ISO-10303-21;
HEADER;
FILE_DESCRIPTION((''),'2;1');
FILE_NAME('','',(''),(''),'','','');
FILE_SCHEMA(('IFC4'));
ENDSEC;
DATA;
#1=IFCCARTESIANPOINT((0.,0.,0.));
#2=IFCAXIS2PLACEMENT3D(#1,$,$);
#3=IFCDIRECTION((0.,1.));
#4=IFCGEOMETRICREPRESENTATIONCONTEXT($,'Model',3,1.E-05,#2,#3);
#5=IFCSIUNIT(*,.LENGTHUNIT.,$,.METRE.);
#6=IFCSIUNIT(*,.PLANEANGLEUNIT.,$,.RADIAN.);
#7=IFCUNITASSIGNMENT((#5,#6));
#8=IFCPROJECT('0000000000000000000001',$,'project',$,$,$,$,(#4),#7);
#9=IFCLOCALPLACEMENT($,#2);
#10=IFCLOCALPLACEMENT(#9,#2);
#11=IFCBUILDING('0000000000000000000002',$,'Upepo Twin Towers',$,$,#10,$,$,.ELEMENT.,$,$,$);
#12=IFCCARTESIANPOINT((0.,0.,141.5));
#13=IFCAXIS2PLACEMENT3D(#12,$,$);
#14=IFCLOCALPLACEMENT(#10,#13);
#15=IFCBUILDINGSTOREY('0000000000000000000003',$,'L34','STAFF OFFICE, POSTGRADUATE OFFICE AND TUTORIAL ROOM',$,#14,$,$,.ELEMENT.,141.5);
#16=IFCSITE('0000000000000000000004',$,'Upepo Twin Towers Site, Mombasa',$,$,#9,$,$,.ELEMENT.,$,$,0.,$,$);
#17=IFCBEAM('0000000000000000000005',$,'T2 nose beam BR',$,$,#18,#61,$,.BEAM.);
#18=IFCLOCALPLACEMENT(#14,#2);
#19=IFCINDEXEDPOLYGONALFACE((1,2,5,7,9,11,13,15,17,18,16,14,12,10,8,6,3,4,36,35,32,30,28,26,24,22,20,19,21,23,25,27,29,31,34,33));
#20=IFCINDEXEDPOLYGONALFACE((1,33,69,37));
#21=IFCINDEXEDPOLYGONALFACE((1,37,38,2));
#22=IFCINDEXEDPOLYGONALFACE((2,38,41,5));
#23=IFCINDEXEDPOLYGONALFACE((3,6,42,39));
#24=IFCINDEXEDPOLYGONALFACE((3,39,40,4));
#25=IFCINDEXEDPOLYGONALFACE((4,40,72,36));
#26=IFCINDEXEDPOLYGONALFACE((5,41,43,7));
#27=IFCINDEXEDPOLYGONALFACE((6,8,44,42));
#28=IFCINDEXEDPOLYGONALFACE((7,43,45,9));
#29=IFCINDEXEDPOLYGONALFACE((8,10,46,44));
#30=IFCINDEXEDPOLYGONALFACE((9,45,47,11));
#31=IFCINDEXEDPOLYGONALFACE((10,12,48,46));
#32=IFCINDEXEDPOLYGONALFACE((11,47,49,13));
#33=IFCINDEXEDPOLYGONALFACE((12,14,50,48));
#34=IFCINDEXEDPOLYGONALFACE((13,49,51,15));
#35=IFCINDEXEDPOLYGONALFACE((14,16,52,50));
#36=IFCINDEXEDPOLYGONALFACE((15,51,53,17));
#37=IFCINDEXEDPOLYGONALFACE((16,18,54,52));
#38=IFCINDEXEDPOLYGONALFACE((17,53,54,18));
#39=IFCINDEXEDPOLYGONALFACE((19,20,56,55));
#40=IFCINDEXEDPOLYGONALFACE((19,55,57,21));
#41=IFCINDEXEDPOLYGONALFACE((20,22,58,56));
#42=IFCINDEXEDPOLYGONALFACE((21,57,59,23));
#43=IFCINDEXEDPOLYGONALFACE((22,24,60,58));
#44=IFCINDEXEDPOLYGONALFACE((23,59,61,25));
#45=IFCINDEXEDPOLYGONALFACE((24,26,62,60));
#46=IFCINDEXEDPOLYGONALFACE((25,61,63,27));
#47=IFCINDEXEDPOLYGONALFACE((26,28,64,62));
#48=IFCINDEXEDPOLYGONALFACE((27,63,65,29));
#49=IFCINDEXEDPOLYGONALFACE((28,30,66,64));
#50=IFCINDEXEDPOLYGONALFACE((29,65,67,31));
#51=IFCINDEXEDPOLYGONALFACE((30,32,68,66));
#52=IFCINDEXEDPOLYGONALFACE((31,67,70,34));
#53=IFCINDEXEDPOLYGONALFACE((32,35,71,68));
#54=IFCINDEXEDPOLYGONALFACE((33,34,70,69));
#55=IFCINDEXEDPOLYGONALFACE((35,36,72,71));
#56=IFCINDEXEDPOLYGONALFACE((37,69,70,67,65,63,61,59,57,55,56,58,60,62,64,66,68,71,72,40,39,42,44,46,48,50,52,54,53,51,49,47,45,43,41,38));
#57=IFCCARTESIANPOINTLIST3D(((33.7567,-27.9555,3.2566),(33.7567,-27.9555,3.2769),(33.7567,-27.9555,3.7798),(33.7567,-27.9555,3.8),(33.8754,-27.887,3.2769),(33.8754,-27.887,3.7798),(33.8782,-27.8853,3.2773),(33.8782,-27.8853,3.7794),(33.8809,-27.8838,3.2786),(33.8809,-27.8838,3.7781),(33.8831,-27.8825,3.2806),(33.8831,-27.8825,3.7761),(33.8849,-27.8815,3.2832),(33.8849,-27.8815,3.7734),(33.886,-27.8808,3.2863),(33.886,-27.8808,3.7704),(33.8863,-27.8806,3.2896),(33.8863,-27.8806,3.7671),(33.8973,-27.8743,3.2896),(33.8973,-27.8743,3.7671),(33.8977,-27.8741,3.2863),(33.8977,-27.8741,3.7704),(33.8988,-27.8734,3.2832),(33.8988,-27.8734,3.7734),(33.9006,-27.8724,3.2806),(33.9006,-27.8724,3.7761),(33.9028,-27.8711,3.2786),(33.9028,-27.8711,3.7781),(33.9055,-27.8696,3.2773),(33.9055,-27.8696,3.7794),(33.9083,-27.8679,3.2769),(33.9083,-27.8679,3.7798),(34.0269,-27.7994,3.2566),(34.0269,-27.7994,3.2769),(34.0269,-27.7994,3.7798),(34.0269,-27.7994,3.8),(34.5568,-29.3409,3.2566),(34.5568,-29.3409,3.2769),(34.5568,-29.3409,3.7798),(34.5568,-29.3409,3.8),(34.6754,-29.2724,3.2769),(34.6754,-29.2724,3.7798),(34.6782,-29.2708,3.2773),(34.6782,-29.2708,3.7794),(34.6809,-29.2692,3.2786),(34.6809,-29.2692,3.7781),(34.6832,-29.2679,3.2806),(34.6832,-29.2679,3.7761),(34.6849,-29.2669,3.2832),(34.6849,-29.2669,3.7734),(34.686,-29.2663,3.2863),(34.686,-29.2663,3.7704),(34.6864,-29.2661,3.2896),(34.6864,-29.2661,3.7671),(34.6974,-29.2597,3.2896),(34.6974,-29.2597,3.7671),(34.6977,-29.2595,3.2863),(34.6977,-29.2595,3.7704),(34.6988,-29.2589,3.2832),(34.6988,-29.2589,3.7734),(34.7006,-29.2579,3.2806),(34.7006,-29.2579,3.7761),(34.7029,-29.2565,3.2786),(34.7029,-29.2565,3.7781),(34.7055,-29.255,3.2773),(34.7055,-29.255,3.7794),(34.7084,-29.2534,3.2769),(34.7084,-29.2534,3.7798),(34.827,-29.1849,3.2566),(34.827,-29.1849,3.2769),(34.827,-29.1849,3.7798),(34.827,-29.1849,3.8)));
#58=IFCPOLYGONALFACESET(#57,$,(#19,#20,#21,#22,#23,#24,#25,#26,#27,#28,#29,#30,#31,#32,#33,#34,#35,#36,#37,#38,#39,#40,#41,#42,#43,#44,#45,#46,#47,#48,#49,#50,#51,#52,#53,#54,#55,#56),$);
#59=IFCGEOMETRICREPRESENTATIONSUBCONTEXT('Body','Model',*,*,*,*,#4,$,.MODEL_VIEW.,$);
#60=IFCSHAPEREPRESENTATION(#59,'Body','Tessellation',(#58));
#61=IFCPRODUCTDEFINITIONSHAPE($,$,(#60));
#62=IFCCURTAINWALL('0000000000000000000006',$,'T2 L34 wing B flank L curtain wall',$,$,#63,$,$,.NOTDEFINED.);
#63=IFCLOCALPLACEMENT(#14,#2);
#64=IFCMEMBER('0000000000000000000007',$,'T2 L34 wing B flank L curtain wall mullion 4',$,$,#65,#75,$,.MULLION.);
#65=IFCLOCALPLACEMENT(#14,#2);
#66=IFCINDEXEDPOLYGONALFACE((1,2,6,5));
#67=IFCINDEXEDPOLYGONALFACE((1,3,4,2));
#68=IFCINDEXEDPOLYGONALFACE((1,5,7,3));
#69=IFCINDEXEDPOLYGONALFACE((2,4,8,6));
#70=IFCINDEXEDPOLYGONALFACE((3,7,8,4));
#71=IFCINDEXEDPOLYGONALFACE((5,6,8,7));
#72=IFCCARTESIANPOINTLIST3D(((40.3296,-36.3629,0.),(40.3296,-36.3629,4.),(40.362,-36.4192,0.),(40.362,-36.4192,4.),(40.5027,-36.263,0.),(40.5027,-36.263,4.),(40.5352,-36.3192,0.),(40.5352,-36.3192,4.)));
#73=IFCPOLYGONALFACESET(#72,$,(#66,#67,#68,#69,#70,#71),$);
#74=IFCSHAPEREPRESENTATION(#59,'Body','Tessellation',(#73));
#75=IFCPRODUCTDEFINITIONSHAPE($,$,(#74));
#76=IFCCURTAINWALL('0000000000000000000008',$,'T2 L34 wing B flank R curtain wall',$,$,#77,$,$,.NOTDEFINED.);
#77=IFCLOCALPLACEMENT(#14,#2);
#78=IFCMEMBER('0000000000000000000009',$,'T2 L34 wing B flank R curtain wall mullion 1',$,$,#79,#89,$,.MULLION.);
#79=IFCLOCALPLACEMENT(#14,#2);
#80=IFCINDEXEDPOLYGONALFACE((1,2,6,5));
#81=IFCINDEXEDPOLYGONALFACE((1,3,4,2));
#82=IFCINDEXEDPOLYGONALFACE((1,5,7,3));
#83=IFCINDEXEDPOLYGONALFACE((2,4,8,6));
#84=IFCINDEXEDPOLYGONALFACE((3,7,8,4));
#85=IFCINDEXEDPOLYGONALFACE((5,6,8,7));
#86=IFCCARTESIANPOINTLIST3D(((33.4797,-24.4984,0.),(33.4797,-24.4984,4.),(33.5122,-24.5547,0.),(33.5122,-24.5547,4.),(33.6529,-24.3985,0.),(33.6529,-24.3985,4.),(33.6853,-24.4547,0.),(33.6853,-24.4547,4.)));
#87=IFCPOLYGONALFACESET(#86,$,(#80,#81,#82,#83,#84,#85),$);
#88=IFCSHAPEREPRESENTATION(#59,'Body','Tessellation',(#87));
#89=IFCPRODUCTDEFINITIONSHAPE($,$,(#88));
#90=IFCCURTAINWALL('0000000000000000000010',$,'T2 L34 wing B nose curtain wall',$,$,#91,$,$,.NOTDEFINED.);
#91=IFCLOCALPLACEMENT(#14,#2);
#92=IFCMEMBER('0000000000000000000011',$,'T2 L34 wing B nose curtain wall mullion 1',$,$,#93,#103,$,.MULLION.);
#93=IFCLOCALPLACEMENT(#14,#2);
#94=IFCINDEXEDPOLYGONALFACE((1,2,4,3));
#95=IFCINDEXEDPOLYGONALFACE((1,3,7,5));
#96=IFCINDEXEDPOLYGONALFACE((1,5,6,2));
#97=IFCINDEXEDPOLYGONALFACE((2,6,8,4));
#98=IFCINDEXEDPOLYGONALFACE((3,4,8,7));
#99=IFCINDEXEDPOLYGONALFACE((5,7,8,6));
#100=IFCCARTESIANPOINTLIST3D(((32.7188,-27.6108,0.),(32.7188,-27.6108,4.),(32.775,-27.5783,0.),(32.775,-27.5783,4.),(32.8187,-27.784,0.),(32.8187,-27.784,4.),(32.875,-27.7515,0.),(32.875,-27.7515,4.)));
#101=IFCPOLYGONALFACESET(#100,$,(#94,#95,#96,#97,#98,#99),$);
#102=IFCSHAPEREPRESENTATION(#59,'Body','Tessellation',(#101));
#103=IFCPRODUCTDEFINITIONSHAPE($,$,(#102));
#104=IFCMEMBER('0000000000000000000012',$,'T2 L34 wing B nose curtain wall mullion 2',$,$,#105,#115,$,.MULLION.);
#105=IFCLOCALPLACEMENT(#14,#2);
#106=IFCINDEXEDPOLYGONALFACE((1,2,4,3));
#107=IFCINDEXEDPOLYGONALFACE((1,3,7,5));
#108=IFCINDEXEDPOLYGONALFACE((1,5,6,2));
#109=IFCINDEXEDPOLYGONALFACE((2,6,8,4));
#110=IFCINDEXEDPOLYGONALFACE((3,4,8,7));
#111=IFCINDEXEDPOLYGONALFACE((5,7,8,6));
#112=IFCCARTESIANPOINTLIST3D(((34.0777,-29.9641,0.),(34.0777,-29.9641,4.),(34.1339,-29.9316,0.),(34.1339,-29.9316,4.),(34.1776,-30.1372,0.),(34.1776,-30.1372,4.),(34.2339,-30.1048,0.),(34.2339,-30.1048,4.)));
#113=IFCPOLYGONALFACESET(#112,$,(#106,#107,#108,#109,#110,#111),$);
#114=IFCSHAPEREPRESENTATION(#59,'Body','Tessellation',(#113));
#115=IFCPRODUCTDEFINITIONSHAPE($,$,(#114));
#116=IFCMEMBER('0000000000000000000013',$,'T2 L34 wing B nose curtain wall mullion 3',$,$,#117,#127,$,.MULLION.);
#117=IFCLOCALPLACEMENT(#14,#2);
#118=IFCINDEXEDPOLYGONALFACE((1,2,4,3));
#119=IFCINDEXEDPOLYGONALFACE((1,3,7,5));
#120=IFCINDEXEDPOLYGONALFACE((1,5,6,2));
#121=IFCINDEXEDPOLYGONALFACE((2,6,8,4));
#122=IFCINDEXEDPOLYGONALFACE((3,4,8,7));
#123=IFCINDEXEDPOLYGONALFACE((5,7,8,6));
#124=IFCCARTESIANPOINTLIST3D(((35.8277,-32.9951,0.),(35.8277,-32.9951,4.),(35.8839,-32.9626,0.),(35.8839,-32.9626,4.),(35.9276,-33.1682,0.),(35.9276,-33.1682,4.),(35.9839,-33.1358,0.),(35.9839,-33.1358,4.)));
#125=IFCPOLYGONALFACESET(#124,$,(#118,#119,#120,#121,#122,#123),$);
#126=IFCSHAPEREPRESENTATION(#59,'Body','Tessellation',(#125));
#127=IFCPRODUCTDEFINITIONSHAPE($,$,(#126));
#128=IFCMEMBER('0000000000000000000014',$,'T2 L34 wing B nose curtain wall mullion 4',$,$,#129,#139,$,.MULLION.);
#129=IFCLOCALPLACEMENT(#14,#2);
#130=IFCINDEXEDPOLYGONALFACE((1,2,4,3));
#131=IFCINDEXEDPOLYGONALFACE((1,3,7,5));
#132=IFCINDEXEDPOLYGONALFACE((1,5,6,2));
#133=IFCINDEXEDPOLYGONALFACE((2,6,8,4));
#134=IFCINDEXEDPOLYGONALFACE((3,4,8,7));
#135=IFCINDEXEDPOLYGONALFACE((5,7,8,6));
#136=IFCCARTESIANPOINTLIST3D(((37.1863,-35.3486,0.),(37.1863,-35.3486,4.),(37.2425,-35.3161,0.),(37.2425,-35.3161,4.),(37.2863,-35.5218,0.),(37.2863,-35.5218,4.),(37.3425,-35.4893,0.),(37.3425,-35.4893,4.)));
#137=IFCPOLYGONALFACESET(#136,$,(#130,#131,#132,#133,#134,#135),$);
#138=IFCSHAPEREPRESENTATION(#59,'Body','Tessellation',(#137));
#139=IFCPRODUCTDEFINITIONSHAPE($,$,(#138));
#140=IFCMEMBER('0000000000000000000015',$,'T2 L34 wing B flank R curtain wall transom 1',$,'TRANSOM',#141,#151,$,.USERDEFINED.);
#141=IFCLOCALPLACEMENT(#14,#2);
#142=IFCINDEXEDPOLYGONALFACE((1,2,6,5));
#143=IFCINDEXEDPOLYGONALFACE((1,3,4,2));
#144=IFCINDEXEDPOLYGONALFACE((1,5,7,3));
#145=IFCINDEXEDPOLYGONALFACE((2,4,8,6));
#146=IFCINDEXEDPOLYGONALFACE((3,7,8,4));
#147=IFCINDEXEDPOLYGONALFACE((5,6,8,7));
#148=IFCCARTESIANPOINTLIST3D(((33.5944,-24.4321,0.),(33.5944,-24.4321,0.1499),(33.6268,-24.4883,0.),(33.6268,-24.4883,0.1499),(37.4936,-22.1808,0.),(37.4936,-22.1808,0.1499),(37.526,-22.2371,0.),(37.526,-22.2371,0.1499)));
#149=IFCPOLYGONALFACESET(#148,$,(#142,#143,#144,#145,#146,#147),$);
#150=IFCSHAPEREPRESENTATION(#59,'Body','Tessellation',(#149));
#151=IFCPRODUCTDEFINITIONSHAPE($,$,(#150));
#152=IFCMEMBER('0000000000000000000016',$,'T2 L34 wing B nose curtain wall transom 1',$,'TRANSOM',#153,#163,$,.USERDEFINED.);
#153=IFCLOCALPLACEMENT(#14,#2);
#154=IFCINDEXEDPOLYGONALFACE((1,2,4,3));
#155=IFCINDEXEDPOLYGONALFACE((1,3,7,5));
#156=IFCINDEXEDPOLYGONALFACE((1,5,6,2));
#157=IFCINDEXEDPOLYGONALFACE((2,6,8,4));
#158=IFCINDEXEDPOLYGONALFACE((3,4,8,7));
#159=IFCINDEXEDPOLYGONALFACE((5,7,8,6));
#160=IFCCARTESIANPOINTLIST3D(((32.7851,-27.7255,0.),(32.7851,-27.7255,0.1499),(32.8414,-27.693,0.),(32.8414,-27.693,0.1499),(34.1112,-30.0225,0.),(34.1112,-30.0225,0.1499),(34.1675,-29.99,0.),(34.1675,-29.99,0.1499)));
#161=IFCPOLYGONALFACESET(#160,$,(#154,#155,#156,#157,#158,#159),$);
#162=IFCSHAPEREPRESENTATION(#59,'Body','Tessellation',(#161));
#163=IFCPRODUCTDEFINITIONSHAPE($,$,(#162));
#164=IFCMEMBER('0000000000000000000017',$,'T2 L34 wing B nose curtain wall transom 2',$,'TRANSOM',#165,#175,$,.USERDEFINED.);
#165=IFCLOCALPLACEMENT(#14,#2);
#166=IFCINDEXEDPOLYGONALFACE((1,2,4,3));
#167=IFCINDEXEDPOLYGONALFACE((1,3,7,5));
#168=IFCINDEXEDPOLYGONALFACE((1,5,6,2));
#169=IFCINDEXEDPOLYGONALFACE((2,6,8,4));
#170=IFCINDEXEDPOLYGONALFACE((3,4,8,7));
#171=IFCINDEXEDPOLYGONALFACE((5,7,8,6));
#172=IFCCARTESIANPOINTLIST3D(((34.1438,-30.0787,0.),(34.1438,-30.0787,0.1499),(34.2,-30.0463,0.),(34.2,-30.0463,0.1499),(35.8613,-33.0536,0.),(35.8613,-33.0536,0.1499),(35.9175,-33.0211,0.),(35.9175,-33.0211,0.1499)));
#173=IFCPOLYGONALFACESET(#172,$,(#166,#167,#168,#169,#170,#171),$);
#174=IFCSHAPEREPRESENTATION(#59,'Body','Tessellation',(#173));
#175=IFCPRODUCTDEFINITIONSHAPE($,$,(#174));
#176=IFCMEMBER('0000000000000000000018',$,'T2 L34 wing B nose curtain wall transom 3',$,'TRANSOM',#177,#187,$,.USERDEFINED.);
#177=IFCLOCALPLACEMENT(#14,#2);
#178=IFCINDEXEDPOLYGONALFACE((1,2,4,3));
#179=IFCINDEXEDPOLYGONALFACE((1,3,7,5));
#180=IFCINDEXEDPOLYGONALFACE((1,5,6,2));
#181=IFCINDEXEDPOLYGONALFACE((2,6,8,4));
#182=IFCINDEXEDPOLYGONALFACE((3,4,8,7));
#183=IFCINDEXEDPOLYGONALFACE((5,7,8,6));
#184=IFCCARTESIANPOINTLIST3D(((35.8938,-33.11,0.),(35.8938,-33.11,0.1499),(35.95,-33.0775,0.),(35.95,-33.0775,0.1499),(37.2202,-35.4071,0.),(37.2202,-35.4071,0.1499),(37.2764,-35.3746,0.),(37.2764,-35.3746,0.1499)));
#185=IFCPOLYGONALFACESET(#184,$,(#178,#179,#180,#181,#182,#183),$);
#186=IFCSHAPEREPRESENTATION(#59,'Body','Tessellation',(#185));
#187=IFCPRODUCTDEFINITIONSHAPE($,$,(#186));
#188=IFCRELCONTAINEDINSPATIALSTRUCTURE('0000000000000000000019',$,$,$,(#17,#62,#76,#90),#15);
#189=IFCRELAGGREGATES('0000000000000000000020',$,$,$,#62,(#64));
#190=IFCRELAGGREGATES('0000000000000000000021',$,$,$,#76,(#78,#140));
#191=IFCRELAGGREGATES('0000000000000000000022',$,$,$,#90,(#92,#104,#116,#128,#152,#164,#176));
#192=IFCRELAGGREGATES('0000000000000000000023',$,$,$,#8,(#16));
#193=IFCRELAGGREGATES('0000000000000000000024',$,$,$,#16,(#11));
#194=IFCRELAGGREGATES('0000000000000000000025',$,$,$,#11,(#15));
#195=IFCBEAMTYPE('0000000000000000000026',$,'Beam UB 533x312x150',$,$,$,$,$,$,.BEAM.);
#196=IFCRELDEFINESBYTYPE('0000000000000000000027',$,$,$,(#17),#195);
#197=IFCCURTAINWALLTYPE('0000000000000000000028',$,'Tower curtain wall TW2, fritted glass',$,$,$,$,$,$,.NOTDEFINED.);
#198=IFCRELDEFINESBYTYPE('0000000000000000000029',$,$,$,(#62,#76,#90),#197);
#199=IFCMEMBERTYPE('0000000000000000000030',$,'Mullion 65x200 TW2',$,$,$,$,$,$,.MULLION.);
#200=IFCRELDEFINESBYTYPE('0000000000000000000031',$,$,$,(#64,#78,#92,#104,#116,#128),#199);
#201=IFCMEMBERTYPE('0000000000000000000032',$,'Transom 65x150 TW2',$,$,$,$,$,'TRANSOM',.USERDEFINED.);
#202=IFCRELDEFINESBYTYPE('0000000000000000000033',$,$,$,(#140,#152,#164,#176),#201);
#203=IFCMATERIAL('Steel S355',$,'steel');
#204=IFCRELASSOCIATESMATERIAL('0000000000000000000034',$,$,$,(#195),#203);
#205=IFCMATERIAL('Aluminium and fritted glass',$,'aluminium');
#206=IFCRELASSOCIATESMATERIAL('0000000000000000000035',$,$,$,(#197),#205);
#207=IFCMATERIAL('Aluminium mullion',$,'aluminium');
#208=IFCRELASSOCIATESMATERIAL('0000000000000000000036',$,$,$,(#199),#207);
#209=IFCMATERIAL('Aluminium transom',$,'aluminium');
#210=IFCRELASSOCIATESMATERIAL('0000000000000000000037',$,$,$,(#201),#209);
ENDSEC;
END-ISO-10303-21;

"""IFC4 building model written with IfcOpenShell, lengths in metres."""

from ifc_helpers import new_model, si_unit, direction, frame, origin, origin_2d, place, context, subcontext, project, spatial, rectangle, i_section, extrude, material, material_profile, profile_set, type_object, element, aggregate, save


model = new_model("IFC4")

# Units and contexts
model_context = context("Model", 3, precision=1e-05, world=origin(), true_north=direction((0.0, 1.0)))
body_context = subcontext(model_context, "Body", "Model", "MODEL_VIEW")
ifc_project = project(units=[si_unit("LENGTHUNIT", "METRE"), si_unit("PLANEANGLEUNIT", "RADIAN")], contexts=[model_context])

# Site, building, storey
site_placement = place(None, origin())
site = spatial("IfcSite", under=ifc_project, at=site_placement, Name="Upepo Twin Towers Site, Mombasa", CompositionType="ELEMENT", RefElevation=0.0)
building_placement = place(site_placement, origin())
building = spatial("IfcBuilding", under=site, at=building_placement, Name="Upepo Twin Towers", CompositionType="ELEMENT")
storey_placement = place(building_placement, frame((0.0, 0.0, 141.5)))
storey = spatial("IfcBuildingStorey", under=building, at=storey_placement, Name="L34", Description="STAFF OFFICE, POSTGRADUATE OFFICE AND TUTORIAL ROOM", CompositionType="ELEMENT", Elevation=141.5)

# Beam
ifc_material_1 = material(Name="Steel S355", Category="steel")
ifc_material_profile_1 = material_profile(ifc_material_1, i_section(OverallWidth=0.312, OverallDepth=0.5435, WebThickness=0.0127, FlangeThickness=0.0203, FilletRadius=0.0127, at=origin_2d()), Name="UB 533x312x150")
ifc_profile_set_1 = profile_set([ifc_material_profile_1], Name="Steel S355")
beam_type_1 = type_object("IfcBeamType", Name="Beam UB 533x312x150", PredefinedType="BEAM", material=ifc_profile_set_1)
for number, where, z_axis, x_axis, name in (
    (1, (33.8918, -27.8774, 3.5283), (0.500061, -0.86599, 0.0), (0.86599, 0.500061, 0.0), "T2 nose beam BR"),
):
    element("IfcBeam", number, at=place(storey_placement, frame(where, z_axis=z_axis, x_axis=x_axis)), inside=storey, type_object=beam_type_1, Name=name, PredefinedType="BEAM", context=body_context, shape_type="SweptSolid", body=[
        extrude(i_section(OverallWidth=0.312, OverallDepth=0.5435, WebThickness=0.0127, FlangeThickness=0.0203, FilletRadius=0.0127, at=origin_2d()), origin(), (0.0, 0.0, 1.0), 1.5999),
    ])

# Curtain walls, members
ifc_material_2 = material(Name="Aluminium and fritted glass", Category="aluminium")
curtain_wall_type = type_object("IfcCurtainWallType", Name="Tower curtain wall TW2, fritted glass", PredefinedType="NOTDEFINED", material=ifc_material_2)
curtain_wall_1_placement = place(storey_placement, origin())
curtain_wall_1 = element("IfcCurtainWall", 2, at=curtain_wall_1_placement, inside=storey, type_object=curtain_wall_type, Name="T2 L34 wing B flank L curtain wall", PredefinedType="NOTDEFINED")
ifc_material_3 = material(Name="Aluminium mullion", Category="aluminium")
ifc_material_profile_2 = material_profile(ifc_material_3, rectangle(XDim=0.0649, YDim=0.2, at=origin_2d()), Name="MULLION 65x200")
ifc_profile_set_2 = profile_set([ifc_material_profile_2], Name="Aluminium mullion")
member_type_1 = type_object("IfcMemberType", Name="Mullion 65x200 TW2", PredefinedType="MULLION", material=ifc_profile_set_2)
member_1_placement = place(storey_placement, frame((40.4324, -36.3411, 0.0), z_axis=(0.0, 0.0, 1.0), x_axis=(0.5, -0.866025, 0.0)))
member_1 = element("IfcMember", 3, at=member_1_placement, type_object=member_type_1, Name="T2 L34 wing B flank L curtain wall mullion 4", PredefinedType="MULLION", context=body_context, shape_type="SweptSolid", body=[
    extrude(rectangle(XDim=0.0649, YDim=0.2, at=origin_2d()), origin(), (0.0, 0.0, 1.0), 4.0),
])
aggregate(curtain_wall_1, [member_1])
curtain_wall_2_placement = place(storey_placement, origin())
curtain_wall_2 = element("IfcCurtainWall", 4, at=curtain_wall_2_placement, inside=storey, type_object=curtain_wall_type, Name="T2 L34 wing B flank R curtain wall", PredefinedType="NOTDEFINED")
member_2_placement = place(storey_placement, frame((33.5825, -24.4766, 0.0), z_axis=(0.0, 0.0, 1.0), x_axis=(-0.5, 0.866025, 0.0)))
member_2 = element("IfcMember", 5, at=member_2_placement, type_object=member_type_1, Name="T2 L34 wing B flank R curtain wall mullion 1", PredefinedType="MULLION", context=body_context, shape_type="SweptSolid", body=[
    extrude(rectangle(XDim=0.0649, YDim=0.2, at=origin_2d()), origin(), (0.0, 0.0, 1.0), 4.0),
])

# Curtain wall, members
curtain_wall_3_placement = place(storey_placement, origin())
curtain_wall_3 = element("IfcCurtainWall", 6, at=curtain_wall_3_placement, inside=storey, type_object=curtain_wall_type, Name="T2 L34 wing B nose curtain wall", PredefinedType="NOTDEFINED")
member_3_placement = place(storey_placement, frame((32.7969, -27.6812, 0.0), z_axis=(0.0, 0.0, 1.0), x_axis=(0.866025, 0.5, 0.0)))
member_3 = element("IfcMember", 7, at=member_3_placement, type_object=member_type_1, Name="T2 L34 wing B nose curtain wall mullion 1", PredefinedType="MULLION", context=body_context, shape_type="SweptSolid", body=[
    extrude(rectangle(XDim=0.0649, YDim=0.2, at=origin_2d()), origin(), (0.0, 0.0, 1.0), 4.0),
])
member_4_placement = place(storey_placement, frame((34.1558, -30.0344, 0.0), z_axis=(0.0, 0.0, 1.0), x_axis=(0.866025, 0.5, 0.0)))
member_4 = element("IfcMember", 8, at=member_4_placement, type_object=member_type_1, Name="T2 L34 wing B nose curtain wall mullion 2", PredefinedType="MULLION", context=body_context, shape_type="SweptSolid", body=[
    extrude(rectangle(XDim=0.0649, YDim=0.2, at=origin_2d()), origin(), (0.0, 0.0, 1.0), 4.0),
])
member_5_placement = place(storey_placement, frame((35.9058, -33.0654, 0.0), z_axis=(0.0, 0.0, 1.0), x_axis=(0.866025, 0.5, 0.0)))
member_5 = element("IfcMember", 9, at=member_5_placement, type_object=member_type_1, Name="T2 L34 wing B nose curtain wall mullion 3", PredefinedType="MULLION", context=body_context, shape_type="SweptSolid", body=[
    extrude(rectangle(XDim=0.0649, YDim=0.2, at=origin_2d()), origin(), (0.0, 0.0, 1.0), 4.0),
])
member_6_placement = place(storey_placement, frame((37.2644, -35.4189, 0.0), z_axis=(0.0, 0.0, 1.0), x_axis=(0.866025, 0.5, 0.0)))
member_6 = element("IfcMember", 10, at=member_6_placement, type_object=member_type_1, Name="T2 L34 wing B nose curtain wall mullion 4", PredefinedType="MULLION", context=body_context, shape_type="SweptSolid", body=[
    extrude(rectangle(XDim=0.0649, YDim=0.2, at=origin_2d()), origin(), (0.0, 0.0, 1.0), 4.0),
])

# Members
ifc_material_4 = material(Name="Aluminium transom", Category="aluminium")
ifc_material_profile_3 = material_profile(ifc_material_4, rectangle(XDim=0.0649, YDim=0.1499, at=origin_2d()), Name="TRANSOM 65x150")
ifc_profile_set_3 = profile_set([ifc_material_profile_3], Name="Aluminium transom")
member_type_2 = type_object("IfcMemberType", Name="Transom 65x150 TW2", ElementType="TRANSOM", PredefinedType="USERDEFINED", material=ifc_profile_set_3)
member_7_placement = place(storey_placement, frame((33.6106, -24.4602, 0.075), z_axis=(0.866022, 0.500006, 0.0), x_axis=(-0.500006, 0.866022, 0.0)))
member_7 = element("IfcMember", 11, at=member_7_placement, type_object=member_type_2, Name="T2 L34 wing B flank R curtain wall transom 1", ObjectType="TRANSOM", PredefinedType="USERDEFINED", context=body_context, shape_type="SweptSolid", body=[
    extrude(rectangle(XDim=0.0649, YDim=0.1499, at=origin_2d()), origin(), (0.0, 0.0, 1.0), 4.5024),
])
member_8_placement = place(storey_placement, frame((32.8132, -27.7092, 0.075), z_axis=(0.49998, -0.866037, 0.0), x_axis=(0.866037, 0.49998, 0.0)))
member_8 = element("IfcMember", 12, at=member_8_placement, type_object=member_type_2, Name="T2 L34 wing B nose curtain wall transom 1", ObjectType="TRANSOM", PredefinedType="USERDEFINED", context=body_context, shape_type="SweptSolid", body=[
    extrude(rectangle(XDim=0.0649, YDim=0.1499, at=origin_2d()), origin(), (0.0, 0.0, 1.0), 2.6523),
])
member_9_placement = place(storey_placement, frame((34.1719, -30.0625, 0.075), z_axis=(0.499999, -0.866026, 0.0), x_axis=(0.866026, 0.499999, 0.0)))
member_9 = element("IfcMember", 13, at=member_9_placement, type_object=member_type_2, Name="T2 L34 wing B nose curtain wall transom 2", ObjectType="TRANSOM", PredefinedType="USERDEFINED", context=body_context, shape_type="SweptSolid", body=[
    extrude(rectangle(XDim=0.0649, YDim=0.1499, at=origin_2d()), origin(), (0.0, 0.0, 1.0), 3.4351),
])
member_10_placement = place(storey_placement, frame((35.9219, -33.0938, 0.075), z_axis=(0.500049, -0.865997, 0.0), x_axis=(0.865997, 0.500049, 0.0)))
member_10 = element("IfcMember", 14, at=member_10_placement, type_object=member_type_2, Name="T2 L34 wing B nose curtain wall transom 3", ObjectType="TRANSOM", PredefinedType="USERDEFINED", context=body_context, shape_type="SweptSolid", body=[
    extrude(rectangle(XDim=0.0649, YDim=0.1499, at=origin_2d()), origin(), (0.0, 0.0, 1.0), 2.6526),
])

aggregate(curtain_wall_2, [member_2, member_7])
aggregate(curtain_wall_3, [member_3, member_4, member_5, member_6, member_8, member_9, member_10])

save(model, "model.ifc")
